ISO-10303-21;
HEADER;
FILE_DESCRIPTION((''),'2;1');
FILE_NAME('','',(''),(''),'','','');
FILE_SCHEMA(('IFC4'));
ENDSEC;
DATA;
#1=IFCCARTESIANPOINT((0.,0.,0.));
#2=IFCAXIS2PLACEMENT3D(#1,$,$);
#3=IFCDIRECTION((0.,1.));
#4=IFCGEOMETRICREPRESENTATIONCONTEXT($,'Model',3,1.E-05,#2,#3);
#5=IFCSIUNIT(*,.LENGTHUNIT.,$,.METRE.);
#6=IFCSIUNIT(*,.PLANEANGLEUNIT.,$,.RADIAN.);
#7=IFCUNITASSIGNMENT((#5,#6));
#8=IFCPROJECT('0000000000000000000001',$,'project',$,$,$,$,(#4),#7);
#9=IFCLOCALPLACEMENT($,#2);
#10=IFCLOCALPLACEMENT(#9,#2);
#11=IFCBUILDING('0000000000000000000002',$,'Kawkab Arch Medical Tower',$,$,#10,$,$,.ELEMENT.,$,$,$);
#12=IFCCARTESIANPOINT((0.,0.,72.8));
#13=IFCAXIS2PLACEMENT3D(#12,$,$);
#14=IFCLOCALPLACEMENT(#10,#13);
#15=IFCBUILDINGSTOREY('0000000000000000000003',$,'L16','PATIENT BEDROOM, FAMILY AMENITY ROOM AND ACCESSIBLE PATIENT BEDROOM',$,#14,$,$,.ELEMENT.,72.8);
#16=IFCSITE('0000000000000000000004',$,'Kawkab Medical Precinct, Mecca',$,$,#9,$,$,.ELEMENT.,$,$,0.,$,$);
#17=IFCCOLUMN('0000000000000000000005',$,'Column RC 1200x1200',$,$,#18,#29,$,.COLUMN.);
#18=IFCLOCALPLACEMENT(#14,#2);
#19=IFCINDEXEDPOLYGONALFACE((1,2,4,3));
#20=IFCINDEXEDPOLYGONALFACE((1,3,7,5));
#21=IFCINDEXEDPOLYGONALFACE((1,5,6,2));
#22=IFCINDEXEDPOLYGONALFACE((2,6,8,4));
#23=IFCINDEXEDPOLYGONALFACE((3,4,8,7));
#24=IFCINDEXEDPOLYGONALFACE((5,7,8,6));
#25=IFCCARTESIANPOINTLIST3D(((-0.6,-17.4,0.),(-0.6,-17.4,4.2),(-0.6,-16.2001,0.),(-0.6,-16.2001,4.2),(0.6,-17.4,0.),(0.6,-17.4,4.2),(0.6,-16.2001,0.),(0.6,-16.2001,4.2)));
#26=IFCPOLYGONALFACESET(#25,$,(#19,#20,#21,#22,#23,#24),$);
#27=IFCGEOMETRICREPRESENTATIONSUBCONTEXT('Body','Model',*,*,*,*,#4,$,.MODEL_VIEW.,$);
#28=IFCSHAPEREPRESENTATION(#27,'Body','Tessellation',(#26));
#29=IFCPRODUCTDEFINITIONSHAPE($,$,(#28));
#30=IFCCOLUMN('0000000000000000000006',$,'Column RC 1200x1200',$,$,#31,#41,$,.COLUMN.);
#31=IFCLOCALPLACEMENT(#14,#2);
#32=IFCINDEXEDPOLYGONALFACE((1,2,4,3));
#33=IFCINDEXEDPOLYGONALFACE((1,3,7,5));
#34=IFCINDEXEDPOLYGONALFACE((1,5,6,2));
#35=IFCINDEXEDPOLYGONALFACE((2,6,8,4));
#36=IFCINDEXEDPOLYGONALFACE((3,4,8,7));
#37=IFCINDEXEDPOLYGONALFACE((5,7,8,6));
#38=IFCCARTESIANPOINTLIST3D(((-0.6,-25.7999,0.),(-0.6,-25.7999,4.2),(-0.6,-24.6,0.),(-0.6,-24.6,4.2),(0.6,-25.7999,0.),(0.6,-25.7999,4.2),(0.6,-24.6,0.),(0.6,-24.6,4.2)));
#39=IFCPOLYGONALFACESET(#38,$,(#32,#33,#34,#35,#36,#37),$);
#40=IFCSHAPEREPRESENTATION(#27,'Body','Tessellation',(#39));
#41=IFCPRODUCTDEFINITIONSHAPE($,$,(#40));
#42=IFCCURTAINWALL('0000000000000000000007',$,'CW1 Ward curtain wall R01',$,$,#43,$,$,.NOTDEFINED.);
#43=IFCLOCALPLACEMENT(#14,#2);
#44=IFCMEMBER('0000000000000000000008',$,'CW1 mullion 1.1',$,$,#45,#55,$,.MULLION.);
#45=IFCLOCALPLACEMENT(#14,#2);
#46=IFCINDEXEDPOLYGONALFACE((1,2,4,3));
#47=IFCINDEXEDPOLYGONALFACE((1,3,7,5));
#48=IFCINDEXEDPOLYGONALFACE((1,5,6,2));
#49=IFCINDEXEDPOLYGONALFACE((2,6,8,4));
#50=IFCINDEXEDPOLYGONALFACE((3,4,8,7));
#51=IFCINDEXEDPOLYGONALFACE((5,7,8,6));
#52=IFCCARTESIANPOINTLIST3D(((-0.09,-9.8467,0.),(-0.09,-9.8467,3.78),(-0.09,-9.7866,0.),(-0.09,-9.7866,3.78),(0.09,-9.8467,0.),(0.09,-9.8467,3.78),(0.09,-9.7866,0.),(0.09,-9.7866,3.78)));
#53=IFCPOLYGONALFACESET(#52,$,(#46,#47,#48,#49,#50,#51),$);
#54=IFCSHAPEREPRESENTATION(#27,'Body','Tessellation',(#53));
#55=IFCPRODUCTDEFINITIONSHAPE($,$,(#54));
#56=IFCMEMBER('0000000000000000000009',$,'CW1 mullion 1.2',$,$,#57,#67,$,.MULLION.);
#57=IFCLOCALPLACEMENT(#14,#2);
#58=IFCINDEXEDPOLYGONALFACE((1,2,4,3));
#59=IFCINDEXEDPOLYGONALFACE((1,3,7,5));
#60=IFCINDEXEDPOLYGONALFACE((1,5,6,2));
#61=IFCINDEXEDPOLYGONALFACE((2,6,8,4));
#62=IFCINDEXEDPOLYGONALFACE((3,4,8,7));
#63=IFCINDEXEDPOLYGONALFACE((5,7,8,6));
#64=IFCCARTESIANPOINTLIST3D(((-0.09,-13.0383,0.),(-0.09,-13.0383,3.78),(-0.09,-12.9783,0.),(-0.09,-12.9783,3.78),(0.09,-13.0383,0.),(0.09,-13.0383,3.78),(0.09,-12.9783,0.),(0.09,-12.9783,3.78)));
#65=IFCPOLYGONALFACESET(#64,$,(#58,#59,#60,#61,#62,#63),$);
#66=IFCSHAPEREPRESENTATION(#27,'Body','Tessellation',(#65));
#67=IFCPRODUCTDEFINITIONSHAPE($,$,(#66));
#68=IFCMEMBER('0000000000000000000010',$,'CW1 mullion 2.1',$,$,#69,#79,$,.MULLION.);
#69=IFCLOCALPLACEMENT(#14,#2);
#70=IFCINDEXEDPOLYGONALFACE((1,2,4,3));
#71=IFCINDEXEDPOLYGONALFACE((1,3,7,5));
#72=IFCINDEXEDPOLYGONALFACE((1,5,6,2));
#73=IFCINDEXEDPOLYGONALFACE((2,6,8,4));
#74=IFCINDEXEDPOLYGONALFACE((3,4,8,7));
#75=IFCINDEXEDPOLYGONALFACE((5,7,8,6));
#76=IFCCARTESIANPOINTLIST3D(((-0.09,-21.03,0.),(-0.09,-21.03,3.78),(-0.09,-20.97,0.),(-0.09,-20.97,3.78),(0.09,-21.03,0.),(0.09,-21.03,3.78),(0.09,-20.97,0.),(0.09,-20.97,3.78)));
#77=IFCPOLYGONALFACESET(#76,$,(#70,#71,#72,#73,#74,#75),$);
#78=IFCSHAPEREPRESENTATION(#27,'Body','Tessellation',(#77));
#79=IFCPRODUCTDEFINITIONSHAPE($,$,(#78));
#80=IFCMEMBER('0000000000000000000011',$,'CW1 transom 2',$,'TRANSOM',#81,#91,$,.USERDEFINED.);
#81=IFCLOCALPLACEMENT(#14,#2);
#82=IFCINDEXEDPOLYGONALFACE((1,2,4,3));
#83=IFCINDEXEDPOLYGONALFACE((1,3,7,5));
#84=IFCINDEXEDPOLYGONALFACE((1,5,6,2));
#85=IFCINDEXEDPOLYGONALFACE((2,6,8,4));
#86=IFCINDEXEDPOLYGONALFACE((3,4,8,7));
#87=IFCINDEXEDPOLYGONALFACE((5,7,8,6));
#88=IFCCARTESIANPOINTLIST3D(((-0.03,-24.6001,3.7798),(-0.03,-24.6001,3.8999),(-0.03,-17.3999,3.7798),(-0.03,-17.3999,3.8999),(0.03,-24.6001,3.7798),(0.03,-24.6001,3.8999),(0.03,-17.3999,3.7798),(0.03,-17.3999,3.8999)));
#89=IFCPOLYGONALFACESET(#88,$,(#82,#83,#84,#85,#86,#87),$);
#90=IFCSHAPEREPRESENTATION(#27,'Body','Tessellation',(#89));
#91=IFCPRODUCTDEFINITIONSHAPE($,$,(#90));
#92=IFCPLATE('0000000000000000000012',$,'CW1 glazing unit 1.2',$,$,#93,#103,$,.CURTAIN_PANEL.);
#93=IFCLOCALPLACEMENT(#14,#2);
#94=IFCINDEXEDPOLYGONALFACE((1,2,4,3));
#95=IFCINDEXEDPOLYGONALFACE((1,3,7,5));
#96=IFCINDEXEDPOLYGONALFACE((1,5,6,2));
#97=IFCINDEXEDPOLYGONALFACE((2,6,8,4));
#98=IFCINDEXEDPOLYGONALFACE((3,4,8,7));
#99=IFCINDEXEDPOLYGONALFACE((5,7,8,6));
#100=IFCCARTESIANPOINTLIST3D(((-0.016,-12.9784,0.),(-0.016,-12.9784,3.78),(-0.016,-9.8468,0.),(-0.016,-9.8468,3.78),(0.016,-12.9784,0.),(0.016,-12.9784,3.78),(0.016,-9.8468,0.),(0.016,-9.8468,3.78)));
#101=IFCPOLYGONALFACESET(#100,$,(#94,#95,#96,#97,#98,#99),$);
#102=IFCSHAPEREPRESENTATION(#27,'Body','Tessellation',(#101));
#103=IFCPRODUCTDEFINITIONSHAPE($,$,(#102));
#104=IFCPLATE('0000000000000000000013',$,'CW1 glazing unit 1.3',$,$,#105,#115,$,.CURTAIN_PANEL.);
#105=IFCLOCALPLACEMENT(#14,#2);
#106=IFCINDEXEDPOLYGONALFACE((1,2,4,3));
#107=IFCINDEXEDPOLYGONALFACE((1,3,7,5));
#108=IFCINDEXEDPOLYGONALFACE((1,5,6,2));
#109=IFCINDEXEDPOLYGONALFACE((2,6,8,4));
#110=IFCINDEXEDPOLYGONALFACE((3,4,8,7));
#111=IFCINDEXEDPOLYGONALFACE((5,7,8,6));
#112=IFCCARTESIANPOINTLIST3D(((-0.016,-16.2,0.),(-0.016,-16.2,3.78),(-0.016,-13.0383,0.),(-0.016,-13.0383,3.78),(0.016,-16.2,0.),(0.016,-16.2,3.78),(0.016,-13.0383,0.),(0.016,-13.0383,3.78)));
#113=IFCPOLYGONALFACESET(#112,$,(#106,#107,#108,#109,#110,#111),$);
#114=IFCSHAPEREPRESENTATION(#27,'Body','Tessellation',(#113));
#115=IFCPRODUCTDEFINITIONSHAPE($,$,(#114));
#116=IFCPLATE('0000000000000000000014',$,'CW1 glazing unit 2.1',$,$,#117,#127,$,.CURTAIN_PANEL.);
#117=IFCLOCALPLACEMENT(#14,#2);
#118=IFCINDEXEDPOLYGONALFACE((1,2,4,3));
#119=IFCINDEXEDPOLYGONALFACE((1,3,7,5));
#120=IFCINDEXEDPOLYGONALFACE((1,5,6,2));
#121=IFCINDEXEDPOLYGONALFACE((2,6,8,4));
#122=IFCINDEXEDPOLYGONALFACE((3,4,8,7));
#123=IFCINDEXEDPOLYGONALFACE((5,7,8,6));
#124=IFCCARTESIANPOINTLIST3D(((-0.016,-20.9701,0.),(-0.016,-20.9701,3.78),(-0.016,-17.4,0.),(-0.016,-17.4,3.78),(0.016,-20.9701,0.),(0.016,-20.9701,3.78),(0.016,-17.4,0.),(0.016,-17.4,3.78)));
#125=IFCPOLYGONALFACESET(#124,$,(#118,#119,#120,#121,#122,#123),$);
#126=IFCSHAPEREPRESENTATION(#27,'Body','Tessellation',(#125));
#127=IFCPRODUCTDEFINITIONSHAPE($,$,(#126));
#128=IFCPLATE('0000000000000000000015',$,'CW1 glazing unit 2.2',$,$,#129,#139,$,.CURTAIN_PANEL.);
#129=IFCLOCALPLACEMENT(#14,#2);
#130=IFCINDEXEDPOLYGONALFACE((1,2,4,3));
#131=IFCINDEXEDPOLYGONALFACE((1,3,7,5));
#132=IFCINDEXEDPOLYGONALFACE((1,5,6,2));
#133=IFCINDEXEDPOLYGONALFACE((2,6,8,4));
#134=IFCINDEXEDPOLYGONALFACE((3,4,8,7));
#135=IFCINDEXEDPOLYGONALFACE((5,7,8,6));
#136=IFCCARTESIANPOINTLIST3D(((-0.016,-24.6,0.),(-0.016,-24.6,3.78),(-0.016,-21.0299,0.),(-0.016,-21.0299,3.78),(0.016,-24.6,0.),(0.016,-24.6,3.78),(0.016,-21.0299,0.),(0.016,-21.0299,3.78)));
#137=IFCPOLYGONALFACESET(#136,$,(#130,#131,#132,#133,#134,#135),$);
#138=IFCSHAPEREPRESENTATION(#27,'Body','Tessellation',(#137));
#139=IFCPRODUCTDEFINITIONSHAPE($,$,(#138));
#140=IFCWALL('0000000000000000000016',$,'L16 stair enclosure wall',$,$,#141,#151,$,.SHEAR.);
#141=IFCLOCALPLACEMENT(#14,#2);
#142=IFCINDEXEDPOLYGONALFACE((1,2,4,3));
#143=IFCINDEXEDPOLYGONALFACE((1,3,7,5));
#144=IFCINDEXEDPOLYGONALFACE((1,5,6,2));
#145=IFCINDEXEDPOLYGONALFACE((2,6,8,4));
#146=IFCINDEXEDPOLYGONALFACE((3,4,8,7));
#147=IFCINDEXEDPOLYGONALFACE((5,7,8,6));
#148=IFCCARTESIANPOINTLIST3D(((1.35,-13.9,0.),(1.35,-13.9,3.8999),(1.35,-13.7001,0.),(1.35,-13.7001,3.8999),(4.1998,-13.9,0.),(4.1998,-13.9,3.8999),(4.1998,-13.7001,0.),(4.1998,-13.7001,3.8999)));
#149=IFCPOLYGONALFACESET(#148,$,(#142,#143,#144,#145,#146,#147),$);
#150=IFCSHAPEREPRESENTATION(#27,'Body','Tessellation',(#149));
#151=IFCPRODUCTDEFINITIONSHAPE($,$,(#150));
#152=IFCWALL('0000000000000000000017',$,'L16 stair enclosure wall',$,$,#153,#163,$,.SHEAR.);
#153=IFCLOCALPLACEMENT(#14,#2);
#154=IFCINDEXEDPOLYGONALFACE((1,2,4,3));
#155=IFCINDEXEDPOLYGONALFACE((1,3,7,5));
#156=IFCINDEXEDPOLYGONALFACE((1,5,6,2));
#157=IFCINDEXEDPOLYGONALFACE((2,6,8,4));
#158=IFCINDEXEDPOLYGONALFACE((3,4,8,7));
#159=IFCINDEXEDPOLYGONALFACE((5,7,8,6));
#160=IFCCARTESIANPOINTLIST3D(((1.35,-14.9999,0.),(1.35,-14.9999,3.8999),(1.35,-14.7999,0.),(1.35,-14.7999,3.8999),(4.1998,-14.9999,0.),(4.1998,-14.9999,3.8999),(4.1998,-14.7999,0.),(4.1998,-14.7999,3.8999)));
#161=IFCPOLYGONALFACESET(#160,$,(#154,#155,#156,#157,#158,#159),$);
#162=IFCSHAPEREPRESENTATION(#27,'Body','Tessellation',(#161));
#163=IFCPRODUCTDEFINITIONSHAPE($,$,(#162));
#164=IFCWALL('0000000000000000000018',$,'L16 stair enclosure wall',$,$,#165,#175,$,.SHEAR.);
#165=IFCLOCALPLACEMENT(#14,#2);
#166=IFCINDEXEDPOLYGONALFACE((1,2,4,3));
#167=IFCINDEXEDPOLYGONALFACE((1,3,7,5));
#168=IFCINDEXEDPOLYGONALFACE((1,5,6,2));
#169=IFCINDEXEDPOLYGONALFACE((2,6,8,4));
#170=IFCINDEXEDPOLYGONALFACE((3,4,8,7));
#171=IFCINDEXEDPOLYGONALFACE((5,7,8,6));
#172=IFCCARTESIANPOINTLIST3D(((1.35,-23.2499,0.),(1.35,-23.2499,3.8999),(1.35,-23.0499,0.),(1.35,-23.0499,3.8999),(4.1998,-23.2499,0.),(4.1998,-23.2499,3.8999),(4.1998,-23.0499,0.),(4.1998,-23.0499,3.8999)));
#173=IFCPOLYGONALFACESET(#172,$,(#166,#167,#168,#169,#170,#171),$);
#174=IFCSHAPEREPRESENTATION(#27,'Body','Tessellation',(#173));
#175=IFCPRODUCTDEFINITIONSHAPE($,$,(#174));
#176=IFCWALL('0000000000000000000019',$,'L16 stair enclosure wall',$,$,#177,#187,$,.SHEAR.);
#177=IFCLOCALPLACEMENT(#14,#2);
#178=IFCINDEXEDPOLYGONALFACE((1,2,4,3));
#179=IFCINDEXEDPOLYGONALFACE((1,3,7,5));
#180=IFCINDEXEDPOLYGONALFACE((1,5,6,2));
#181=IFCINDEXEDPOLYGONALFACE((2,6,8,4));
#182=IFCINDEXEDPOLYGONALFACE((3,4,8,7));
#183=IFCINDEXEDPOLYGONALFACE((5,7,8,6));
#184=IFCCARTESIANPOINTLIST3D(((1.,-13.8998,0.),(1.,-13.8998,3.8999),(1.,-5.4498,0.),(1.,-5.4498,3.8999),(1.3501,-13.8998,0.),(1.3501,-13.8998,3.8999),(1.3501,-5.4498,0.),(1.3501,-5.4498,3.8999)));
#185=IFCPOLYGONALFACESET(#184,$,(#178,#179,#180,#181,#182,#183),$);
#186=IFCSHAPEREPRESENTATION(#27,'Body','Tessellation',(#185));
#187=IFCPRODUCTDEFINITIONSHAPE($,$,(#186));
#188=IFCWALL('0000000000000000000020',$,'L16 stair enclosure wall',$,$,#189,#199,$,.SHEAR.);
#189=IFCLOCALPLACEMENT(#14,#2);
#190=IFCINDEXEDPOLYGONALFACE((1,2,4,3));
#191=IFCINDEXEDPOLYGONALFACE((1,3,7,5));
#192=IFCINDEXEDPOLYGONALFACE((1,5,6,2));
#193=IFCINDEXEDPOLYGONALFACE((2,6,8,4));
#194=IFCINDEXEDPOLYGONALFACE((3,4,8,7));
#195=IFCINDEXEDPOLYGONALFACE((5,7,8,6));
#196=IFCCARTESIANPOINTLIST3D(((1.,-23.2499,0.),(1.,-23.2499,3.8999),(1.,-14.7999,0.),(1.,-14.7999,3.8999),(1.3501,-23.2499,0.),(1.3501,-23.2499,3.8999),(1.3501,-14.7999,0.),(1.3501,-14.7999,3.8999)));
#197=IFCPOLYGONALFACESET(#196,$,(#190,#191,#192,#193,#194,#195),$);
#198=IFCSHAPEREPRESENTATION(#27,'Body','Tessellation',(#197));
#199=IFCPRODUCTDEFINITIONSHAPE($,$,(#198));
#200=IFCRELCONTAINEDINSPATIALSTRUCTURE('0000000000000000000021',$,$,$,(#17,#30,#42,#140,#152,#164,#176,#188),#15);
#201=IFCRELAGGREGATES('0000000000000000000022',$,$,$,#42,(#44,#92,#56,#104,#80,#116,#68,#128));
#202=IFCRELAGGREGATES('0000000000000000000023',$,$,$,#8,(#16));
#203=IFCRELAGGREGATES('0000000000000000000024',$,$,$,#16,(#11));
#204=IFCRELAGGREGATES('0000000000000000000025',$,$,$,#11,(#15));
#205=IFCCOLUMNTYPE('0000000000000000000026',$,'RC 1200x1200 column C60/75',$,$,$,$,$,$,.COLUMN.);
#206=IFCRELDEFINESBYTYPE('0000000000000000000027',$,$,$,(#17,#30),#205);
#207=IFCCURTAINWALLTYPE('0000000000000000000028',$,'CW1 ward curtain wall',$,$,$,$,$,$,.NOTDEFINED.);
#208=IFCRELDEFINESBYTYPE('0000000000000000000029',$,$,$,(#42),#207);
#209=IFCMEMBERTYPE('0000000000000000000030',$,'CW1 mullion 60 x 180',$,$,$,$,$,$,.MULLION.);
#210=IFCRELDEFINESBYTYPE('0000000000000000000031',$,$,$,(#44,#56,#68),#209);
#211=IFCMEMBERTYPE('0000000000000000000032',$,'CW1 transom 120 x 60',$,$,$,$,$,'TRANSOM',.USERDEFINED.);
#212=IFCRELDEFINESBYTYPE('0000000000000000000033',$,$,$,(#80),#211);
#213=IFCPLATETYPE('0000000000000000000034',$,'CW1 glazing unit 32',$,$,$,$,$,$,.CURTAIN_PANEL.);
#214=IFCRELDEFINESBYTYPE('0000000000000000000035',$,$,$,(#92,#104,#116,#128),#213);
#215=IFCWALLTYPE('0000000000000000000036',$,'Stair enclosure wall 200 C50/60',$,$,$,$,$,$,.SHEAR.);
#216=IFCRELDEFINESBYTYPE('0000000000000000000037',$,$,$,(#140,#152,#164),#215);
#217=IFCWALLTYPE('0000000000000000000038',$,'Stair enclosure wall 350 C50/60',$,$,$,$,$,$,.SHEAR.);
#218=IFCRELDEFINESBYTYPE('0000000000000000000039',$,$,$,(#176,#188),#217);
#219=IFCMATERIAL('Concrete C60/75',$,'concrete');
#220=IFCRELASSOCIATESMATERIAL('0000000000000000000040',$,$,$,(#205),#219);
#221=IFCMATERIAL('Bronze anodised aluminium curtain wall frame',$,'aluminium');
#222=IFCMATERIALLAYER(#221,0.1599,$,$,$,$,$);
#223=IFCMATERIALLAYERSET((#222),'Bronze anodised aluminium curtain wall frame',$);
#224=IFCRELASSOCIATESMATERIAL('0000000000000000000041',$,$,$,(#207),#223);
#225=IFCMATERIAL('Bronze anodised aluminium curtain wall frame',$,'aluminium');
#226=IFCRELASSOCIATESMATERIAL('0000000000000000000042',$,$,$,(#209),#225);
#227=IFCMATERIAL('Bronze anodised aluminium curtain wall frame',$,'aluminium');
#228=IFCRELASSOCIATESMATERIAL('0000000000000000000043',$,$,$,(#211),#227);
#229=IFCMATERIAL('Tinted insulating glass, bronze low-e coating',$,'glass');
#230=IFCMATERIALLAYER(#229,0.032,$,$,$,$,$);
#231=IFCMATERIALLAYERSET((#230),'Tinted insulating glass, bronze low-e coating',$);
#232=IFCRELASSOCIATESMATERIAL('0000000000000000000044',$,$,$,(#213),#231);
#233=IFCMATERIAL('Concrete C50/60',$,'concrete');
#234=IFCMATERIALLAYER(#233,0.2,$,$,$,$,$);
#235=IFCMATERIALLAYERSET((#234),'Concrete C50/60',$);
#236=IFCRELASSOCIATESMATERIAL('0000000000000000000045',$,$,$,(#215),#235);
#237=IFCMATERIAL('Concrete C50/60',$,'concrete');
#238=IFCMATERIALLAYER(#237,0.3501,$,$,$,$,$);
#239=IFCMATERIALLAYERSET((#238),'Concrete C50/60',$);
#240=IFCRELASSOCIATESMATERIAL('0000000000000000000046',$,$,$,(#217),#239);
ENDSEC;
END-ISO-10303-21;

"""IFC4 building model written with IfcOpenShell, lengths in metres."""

from ifc_helpers import new_model, si_unit, direction, frame, frame_2d, origin, origin_2d, place, context, subcontext, project, spatial, rectangle, extrude, material, layer, layer_set, material_profile, profile_set, type_object, element, aggregate, save


model = new_model("IFC4")

# Units and contexts
model_context = context("Model", 3, precision=1e-05, world=origin(), true_north=direction((0.0, 1.0)))
body_context = subcontext(model_context, "Body", "Model", "MODEL_VIEW")
ifc_project = project(units=[si_unit("LENGTHUNIT", "METRE"), si_unit("PLANEANGLEUNIT", "RADIAN")], contexts=[model_context])

# Site, building, storey
site_placement = place(None, origin())
site = spatial("IfcSite", under=ifc_project, at=site_placement, Name="Kawkab Medical Precinct, Mecca", CompositionType="ELEMENT", RefElevation=0.0)
building_placement = place(site_placement, origin())
building = spatial("IfcBuilding", under=site, at=building_placement, Name="Kawkab Arch Medical Tower", CompositionType="ELEMENT")
storey_placement = place(building_placement, frame((0.0, 0.0, 72.8)))
storey = spatial("IfcBuildingStorey", under=building, at=storey_placement, Name="L16", Description="PATIENT BEDROOM, FAMILY AMENITY ROOM AND ACCESSIBLE PATIENT BEDROOM", CompositionType="ELEMENT", Elevation=72.8)

# Columns
ifc_material_1 = material(Name="Concrete C60/75", Category="concrete")
ifc_material_profile_1 = material_profile(ifc_material_1, rectangle(XDim=1.2, YDim=1.2, at=origin_2d()), Name="RC 1200x1200")
ifc_profile_set_1 = profile_set([ifc_material_profile_1], Name="Concrete C60/75")
column_type = type_object("IfcColumnType", Name="RC 1200x1200 column C60/75", PredefinedType="COLUMN", material=ifc_profile_set_1)
for number, where, z_axis, x_axis, name in (
    (1, (0.0, -16.8, 0.0), (0.0, 0.0, 1.0), (1.0, 0.0, 0.0), "Column RC 1200x1200"),
    (2, (0.0, -25.2, 0.0), (0.0, 0.0, 1.0), (1.0, 0.0, 0.0), "Column RC 1200x1200"),
):
    element("IfcColumn", number, at=place(storey_placement, frame(where, z_axis=z_axis, x_axis=x_axis)), inside=storey, type_object=column_type, Name=name, PredefinedType="COLUMN", context=body_context, shape_type="SweptSolid", body=[
        extrude(rectangle(XDim=1.2, YDim=1.2, at=origin_2d()), origin(), (0.0, 0.0, 1.0), 4.2),
    ])

# Curtain wall, members, plates
ifc_material_2 = material(Name="Bronze anodised aluminium curtain wall frame", Category="aluminium")
ifc_layer_1 = layer(ifc_material_2, 0.1599)
ifc_layer_set_1 = layer_set([ifc_layer_1], Name="Bronze anodised aluminium curtain wall frame")
curtain_wall_type = type_object("IfcCurtainWallType", Name="CW1 ward curtain wall", PredefinedType="NOTDEFINED", material=ifc_layer_set_1)
placement = place(storey_placement, origin())
curtain_wall = element("IfcCurtainWall", 3, at=placement, inside=storey, type_object=curtain_wall_type, Name="CW1 Ward curtain wall R01", PredefinedType="NOTDEFINED")
ifc_material_3 = material(Name="Bronze anodised aluminium curtain wall frame", Category="aluminium")
ifc_material_profile_2 = material_profile(ifc_material_3, rectangle(XDim=0.1799, YDim=0.0601, at=origin_2d()), Name="AL 60x180")
ifc_profile_set_2 = profile_set([ifc_material_profile_2], Name="Bronze anodised aluminium curtain wall frame")
member_type_1 = type_object("IfcMemberType", Name="CW1 mullion 60 x 180", PredefinedType="MULLION", material=ifc_profile_set_2)
member_1_placement = place(storey_placement, frame((0.0, -9.8167, 0.0), z_axis=(0.0, 0.0, 1.0), x_axis=(1.0, 0.0, 0.0)))
member_1 = element("IfcMember", 4, at=member_1_placement, type_object=member_type_1, Name="CW1 mullion 1.1", PredefinedType="MULLION", context=body_context, shape_type="SweptSolid", body=[
    extrude(rectangle(XDim=0.1799, YDim=0.0601, at=origin_2d()), origin(), (0.0, 0.0, 1.0), 3.78),
])
member_2_placement = place(storey_placement, frame((0.0, -13.0083, 0.0), z_axis=(0.0, 0.0, 1.0), x_axis=(1.0, 0.0, 0.0)))
member_2 = element("IfcMember", 5, at=member_2_placement, type_object=member_type_1, Name="CW1 mullion 1.2", PredefinedType="MULLION", context=body_context, shape_type="SweptSolid", body=[
    extrude(rectangle(XDim=0.1799, YDim=0.0601, at=origin_2d()), origin(), (0.0, 0.0, 1.0), 3.78),
])
member_3_placement = place(storey_placement, frame((0.0, -21.0, 0.0), z_axis=(0.0, 0.0, 1.0), x_axis=(1.0, 0.0, 0.0)))
member_3 = element("IfcMember", 6, at=member_3_placement, type_object=member_type_1, Name="CW1 mullion 2.1", PredefinedType="MULLION", context=body_context, shape_type="SweptSolid", body=[
    extrude(rectangle(XDim=0.1799, YDim=0.0601, at=origin_2d()), origin(), (0.0, 0.0, 1.0), 3.78),
])
ifc_material_4 = material(Name="Bronze anodised aluminium curtain wall frame", Category="aluminium")
ifc_material_profile_3 = material_profile(ifc_material_4, rectangle(XDim=0.0601, YDim=0.1201, at=origin_2d()), Name="AL 60x120")
ifc_profile_set_3 = profile_set([ifc_material_profile_3], Name="Bronze anodised aluminium curtain wall frame")
member_type_2 = type_object("IfcMemberType", Name="CW1 transom 120 x 60", ElementType="TRANSOM", PredefinedType="USERDEFINED", material=ifc_profile_set_3)
member_4_placement = place(storey_placement, frame((0.0, -17.3999, 3.8398), z_axis=(0.0, -1.0, 0.0), x_axis=(1.0, 0.0, 0.0)))
member_4 = element("IfcMember", 7, at=member_4_placement, type_object=member_type_2, Name="CW1 transom 2", ObjectType="TRANSOM", PredefinedType="USERDEFINED", context=body_context, shape_type="SweptSolid", body=[
    extrude(rectangle(XDim=0.0601, YDim=0.1201, at=origin_2d()), origin(), (0.0, 0.0, 1.0), 7.2002),
])
ifc_material_5 = material(Name="Tinted insulating glass, bronze low-e coating", Category="glass")
ifc_layer_2 = layer(ifc_material_5, 0.032)
ifc_layer_set_2 = layer_set([ifc_layer_2], Name="Tinted insulating glass, bronze low-e coating")
plate_type = type_object("IfcPlateType", Name="CW1 glazing unit 32", PredefinedType="CURTAIN_PANEL", material=ifc_layer_set_2)
plate_1_placement = place(storey_placement, frame((0.0, -11.4126, 0.0), z_axis=(0.0, 0.0, 1.0), x_axis=(0.0, -1.0, 0.0)))
plate_1 = element("IfcPlate", 8, at=plate_1_placement, type_object=plate_type, Name="CW1 glazing unit 1.2", PredefinedType="CURTAIN_PANEL", context=body_context, shape_type="SweptSolid", body=[
    extrude(rectangle(XDim=3.1316, YDim=0.032, at=origin_2d()), origin(), (0.0, 0.0, 1.0), 3.78),
])
plate_2_placement = place(storey_placement, frame((0.0, -14.6191, 0.0), z_axis=(0.0, 0.0, 1.0), x_axis=(0.0, -1.0, 0.0)))
plate_2 = element("IfcPlate", 9, at=plate_2_placement, type_object=plate_type, Name="CW1 glazing unit 1.3", PredefinedType="CURTAIN_PANEL", context=body_context, shape_type="SweptSolid", body=[
    extrude(rectangle(XDim=3.1616, YDim=0.032, at=origin_2d()), origin(), (0.0, 0.0, 1.0), 3.78),
])
plate_3_placement = place(storey_placement, frame((0.0, -19.1851, 0.0), z_axis=(0.0, 0.0, 1.0), x_axis=(0.0, -1.0, 0.0)))
plate_3 = element("IfcPlate", 10, at=plate_3_placement, type_object=plate_type, Name="CW1 glazing unit 2.1", PredefinedType="CURTAIN_PANEL", context=body_context, shape_type="SweptSolid", body=[
    extrude(rectangle(XDim=3.5701, YDim=0.032, at=origin_2d()), origin(), (0.0, 0.0, 1.0), 3.78),
])
plate_4_placement = place(storey_placement, frame((0.0, -22.8149, 0.0), z_axis=(0.0, 0.0, 1.0), x_axis=(0.0, -1.0, 0.0)))
plate_4 = element("IfcPlate", 11, at=plate_4_placement, type_object=plate_type, Name="CW1 glazing unit 2.2", PredefinedType="CURTAIN_PANEL", context=body_context, shape_type="SweptSolid", body=[
    extrude(rectangle(XDim=3.5701, YDim=0.032, at=origin_2d()), origin(), (0.0, 0.0, 1.0), 3.78),
])
aggregate(curtain_wall, [member_1, plate_1, member_2, plate_2, member_4, plate_3, member_3, plate_4])

# Walls
ifc_material_6 = material(Name="Concrete C50/60", Category="concrete")
ifc_layer_3 = layer(ifc_material_6, 0.2)
ifc_layer_set_3 = layer_set([ifc_layer_3], Name="Concrete C50/60")
wall_type_1 = type_object("IfcWallType", Name="Stair enclosure wall 200 C50/60", PredefinedType="SHEAR", material=ifc_layer_set_3)
for number, where, z_axis, x_axis, name in (
    (12, (1.3501, -13.8, 0.0), (0.0, 0.0, 1.0), (1.0, 0.0, 0.0), "L16 stair enclosure wall"),
    (13, (1.3501, -14.8999, 0.0), (0.0, 0.0, 1.0), (1.0, 0.0, 0.0), "L16 stair enclosure wall"),
    (14, (1.3501, -23.1499, 0.0), (0.0, 0.0, 1.0), (1.0, 0.0, 0.0), "L16 stair enclosure wall"),
):
    element("IfcWall", number, at=place(storey_placement, frame(where, z_axis=z_axis, x_axis=x_axis)), inside=storey, type_object=wall_type_1, Name=name, PredefinedType="SHEAR", context=body_context, shape_type="SweptSolid", body=[
        extrude(rectangle(XDim=2.8499, YDim=0.2, at=frame_2d((1.4248, 0.0))), origin(), (0.0, 0.0, 1.0), 3.8999),
    ])
ifc_material_7 = material(Name="Concrete C50/60", Category="concrete")
ifc_layer_4 = layer(ifc_material_7, 0.3501)
ifc_layer_set_4 = layer_set([ifc_layer_4], Name="Concrete C50/60")
wall_type_2 = type_object("IfcWallType", Name="Stair enclosure wall 350 C50/60", PredefinedType="SHEAR", material=ifc_layer_set_4)
for number, where, z_axis, x_axis, name in (
    (15, (1.175, -13.8999, 0.0), (0.0, 0.0, 1.0), (0.0, 1.0, 0.0), "L16 stair enclosure wall"),
    (16, (1.175, -23.25, 0.0), (0.0, 0.0, 1.0), (0.0, 1.0, 0.0), "L16 stair enclosure wall"),
):
    element("IfcWall", number, at=place(storey_placement, frame(where, z_axis=z_axis, x_axis=x_axis)), inside=storey, type_object=wall_type_2, Name=name, PredefinedType="SHEAR", context=body_context, shape_type="SweptSolid", body=[
        extrude(rectangle(XDim=8.45, YDim=0.3501, at=frame_2d((4.2251, 0.0))), origin(), (0.0, 0.0, 1.0), 3.8999),
    ])

save(model, "model.ifc")
